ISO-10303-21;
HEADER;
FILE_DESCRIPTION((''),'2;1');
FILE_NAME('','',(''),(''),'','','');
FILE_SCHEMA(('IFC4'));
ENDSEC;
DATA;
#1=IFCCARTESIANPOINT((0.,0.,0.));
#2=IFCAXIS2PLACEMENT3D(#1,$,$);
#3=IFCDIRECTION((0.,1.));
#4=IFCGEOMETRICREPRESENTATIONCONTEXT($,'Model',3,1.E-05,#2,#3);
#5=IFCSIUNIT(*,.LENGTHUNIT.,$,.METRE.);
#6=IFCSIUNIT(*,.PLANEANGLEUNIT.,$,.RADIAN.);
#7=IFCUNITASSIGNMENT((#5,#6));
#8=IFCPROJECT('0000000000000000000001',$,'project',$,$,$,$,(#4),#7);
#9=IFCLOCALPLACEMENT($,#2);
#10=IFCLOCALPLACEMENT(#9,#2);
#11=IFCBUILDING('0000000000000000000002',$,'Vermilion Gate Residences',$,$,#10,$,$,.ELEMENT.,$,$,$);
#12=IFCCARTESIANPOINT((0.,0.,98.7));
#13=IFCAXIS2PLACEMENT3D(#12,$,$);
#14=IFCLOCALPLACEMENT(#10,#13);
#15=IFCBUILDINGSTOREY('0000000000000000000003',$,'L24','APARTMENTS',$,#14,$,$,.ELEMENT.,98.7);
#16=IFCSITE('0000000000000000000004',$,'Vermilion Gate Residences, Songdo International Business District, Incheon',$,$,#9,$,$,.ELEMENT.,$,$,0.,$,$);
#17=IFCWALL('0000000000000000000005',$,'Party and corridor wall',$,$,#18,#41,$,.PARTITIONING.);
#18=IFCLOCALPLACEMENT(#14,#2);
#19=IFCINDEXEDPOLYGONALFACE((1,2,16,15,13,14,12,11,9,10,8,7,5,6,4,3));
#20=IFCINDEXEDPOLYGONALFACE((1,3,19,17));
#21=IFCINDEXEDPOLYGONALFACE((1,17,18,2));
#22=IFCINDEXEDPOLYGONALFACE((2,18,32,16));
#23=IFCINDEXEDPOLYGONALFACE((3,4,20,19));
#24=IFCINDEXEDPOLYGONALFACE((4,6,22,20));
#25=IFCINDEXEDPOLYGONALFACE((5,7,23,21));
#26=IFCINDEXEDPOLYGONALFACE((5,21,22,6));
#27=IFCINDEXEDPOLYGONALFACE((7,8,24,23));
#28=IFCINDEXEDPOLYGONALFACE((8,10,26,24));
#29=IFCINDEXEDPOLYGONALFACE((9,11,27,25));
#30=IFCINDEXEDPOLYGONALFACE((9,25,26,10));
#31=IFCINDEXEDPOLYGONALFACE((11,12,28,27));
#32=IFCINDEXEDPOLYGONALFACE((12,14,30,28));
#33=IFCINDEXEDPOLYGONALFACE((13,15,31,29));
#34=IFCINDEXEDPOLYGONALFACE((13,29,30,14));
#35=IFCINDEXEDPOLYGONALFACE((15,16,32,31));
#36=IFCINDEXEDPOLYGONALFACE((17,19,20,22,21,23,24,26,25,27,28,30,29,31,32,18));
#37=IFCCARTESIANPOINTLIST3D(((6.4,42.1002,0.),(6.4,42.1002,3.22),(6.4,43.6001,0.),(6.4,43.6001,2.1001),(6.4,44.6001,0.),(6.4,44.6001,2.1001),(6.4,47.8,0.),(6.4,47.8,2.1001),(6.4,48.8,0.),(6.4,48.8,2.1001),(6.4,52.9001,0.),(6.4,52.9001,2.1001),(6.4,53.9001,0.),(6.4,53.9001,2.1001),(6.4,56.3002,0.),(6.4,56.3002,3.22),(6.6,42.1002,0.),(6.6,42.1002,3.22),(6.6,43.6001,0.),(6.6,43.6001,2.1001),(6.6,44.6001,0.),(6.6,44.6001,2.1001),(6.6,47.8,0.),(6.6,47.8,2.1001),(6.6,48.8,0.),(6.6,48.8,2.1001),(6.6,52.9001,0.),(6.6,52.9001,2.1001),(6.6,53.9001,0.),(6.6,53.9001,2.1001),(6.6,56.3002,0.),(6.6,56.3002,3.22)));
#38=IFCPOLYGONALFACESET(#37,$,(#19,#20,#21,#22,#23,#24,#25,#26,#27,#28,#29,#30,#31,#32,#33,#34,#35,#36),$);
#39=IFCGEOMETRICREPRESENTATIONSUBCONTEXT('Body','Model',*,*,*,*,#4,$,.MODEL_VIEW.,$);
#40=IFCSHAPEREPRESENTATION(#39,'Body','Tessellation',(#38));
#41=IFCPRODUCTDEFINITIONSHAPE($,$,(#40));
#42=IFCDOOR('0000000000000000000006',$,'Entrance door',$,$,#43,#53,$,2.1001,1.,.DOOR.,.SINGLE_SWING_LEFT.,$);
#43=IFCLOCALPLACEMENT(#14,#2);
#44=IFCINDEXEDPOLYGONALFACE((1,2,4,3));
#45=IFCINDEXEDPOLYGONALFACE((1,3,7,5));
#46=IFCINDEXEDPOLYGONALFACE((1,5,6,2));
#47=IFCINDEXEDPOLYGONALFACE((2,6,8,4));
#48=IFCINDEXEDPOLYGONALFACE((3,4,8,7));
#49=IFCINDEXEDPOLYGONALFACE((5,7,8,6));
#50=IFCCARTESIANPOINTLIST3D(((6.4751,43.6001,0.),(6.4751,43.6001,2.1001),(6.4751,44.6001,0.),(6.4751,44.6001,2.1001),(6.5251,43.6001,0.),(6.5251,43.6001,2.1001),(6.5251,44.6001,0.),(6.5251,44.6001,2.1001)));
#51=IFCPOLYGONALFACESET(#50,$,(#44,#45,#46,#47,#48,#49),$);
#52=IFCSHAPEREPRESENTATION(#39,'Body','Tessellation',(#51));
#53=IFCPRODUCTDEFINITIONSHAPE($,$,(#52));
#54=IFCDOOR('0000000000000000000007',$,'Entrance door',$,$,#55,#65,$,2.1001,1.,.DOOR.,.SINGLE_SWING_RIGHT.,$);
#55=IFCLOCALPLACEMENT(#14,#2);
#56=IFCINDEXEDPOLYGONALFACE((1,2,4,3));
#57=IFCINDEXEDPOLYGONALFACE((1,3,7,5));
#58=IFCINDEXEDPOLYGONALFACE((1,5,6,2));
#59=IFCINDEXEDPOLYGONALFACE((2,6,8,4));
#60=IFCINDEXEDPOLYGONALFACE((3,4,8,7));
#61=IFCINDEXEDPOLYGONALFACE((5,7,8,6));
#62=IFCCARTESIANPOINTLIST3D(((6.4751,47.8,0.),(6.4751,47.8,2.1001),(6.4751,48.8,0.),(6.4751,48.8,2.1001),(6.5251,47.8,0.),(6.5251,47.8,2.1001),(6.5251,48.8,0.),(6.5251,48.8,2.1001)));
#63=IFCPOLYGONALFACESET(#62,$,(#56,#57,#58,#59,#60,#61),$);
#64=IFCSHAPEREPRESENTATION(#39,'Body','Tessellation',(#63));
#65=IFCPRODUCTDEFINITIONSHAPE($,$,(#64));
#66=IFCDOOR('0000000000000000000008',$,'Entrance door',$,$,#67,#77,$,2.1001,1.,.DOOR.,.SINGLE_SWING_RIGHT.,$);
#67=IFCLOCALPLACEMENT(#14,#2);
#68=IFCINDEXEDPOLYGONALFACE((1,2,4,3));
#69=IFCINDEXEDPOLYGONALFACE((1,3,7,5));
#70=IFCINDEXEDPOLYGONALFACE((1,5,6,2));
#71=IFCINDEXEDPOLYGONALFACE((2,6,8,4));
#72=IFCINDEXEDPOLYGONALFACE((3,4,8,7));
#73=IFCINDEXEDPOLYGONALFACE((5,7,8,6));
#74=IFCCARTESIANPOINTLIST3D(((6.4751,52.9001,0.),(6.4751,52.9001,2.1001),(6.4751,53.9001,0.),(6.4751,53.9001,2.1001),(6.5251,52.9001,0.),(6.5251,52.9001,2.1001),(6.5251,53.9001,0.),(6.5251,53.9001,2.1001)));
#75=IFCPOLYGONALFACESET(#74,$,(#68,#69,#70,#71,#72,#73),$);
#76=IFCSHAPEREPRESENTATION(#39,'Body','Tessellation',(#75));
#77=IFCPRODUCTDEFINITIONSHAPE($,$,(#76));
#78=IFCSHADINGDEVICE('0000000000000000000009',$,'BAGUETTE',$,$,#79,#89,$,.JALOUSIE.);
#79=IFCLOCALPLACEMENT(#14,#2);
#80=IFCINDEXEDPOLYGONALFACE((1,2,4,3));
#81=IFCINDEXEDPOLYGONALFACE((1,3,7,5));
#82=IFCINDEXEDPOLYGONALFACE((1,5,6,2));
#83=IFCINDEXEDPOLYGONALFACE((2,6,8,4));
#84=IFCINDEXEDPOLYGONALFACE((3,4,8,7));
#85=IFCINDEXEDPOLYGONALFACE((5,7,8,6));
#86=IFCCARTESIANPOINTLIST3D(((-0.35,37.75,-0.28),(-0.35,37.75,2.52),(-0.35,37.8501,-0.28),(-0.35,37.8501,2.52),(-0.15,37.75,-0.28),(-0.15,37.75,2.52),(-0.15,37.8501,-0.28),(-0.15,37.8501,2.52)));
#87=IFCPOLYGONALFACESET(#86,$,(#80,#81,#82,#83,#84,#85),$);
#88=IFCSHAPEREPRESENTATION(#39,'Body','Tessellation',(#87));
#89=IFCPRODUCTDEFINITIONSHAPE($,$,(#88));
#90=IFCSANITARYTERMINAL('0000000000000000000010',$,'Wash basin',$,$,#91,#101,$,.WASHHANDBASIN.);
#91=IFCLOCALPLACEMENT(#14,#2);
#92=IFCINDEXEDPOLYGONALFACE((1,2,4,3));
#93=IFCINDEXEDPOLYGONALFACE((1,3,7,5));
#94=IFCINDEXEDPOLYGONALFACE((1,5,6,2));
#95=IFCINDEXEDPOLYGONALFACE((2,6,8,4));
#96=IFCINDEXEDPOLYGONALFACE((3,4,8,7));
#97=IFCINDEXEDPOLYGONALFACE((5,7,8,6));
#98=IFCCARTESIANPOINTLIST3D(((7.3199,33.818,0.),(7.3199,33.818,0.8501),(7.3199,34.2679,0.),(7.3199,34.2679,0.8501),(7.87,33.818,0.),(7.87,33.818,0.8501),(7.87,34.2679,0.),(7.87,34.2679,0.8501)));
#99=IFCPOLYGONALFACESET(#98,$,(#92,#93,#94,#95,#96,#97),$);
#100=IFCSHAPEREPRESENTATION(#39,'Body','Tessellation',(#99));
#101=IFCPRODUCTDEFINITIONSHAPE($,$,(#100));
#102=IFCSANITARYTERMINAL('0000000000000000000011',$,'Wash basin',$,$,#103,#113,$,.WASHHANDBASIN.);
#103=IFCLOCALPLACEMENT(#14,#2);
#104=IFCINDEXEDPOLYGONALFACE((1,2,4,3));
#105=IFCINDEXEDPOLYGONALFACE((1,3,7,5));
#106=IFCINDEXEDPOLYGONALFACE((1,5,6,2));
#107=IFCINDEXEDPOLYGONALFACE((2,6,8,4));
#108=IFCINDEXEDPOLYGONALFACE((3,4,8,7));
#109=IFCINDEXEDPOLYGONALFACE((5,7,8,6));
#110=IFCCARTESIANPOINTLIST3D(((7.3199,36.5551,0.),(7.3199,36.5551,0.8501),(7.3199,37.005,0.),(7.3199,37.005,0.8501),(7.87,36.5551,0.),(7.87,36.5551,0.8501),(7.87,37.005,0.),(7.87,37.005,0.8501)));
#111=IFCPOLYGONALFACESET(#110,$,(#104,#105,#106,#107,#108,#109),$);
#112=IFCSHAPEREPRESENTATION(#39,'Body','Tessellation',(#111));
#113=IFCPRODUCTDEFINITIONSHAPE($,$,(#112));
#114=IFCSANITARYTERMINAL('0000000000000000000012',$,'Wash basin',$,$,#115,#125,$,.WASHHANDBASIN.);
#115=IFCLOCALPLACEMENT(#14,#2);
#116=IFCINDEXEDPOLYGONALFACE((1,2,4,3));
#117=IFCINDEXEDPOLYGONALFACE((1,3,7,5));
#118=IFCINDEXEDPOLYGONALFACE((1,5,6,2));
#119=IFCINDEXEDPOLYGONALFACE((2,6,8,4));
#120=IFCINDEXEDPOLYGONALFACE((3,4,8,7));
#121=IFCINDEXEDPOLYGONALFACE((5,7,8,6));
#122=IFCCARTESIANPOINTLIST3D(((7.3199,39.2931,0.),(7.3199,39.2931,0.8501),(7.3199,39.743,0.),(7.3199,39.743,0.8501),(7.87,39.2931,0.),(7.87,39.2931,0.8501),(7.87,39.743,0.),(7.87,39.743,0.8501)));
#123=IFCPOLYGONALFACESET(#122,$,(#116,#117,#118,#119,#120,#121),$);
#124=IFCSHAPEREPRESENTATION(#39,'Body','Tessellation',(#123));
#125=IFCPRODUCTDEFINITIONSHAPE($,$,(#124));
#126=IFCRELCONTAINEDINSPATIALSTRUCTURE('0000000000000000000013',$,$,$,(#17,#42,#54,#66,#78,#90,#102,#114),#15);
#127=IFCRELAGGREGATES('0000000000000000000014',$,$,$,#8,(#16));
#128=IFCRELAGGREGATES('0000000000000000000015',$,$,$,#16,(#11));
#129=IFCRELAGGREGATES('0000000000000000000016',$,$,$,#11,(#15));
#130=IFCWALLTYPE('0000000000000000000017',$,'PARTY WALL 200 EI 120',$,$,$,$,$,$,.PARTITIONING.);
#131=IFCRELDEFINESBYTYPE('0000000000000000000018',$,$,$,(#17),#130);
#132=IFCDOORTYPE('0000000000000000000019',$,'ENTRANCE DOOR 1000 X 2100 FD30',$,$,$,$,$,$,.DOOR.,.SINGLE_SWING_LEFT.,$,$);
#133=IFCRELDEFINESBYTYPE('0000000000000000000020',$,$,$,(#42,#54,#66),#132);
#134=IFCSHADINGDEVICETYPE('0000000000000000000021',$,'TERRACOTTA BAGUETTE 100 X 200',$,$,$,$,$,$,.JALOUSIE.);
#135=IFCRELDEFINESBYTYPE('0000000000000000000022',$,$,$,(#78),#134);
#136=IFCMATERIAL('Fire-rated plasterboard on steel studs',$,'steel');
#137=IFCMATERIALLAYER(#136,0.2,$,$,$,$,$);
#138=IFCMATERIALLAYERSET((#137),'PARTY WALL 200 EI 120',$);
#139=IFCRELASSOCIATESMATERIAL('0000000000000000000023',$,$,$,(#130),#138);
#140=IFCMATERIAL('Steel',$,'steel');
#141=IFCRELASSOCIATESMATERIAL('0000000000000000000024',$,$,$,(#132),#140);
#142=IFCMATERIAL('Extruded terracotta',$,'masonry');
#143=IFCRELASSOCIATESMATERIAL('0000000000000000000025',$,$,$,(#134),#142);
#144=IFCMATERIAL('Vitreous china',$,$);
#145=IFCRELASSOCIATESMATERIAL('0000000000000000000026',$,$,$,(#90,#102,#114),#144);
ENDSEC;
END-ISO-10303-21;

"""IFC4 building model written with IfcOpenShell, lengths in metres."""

from ifc_helpers import new_model, si_unit, direction, frame, frame_2d, origin, origin_2d, place, context, subcontext, project, spatial, rectangle, extrude, material, layer, layer_set, material_profile, profile_set, type_object, element, fill, save


model = new_model("IFC4")

# Units and contexts
model_context = context("Model", 3, precision=1e-05, world=origin(), true_north=direction((0.0, 1.0)))
body_context = subcontext(model_context, "Body", "Model", "MODEL_VIEW")
ifc_project = project(units=[si_unit("LENGTHUNIT", "METRE"), si_unit("PLANEANGLEUNIT", "RADIAN")], contexts=[model_context])

# Site, building, storey
site_placement = place(None, origin())
site = spatial("IfcSite", under=ifc_project, at=site_placement, Name="Vermilion Gate Residences, Songdo International Business District, Incheon", CompositionType="ELEMENT", RefElevation=0.0)
building_placement = place(site_placement, origin())
building = spatial("IfcBuilding", under=site, at=building_placement, Name="Vermilion Gate Residences", CompositionType="ELEMENT")
storey_placement = place(building_placement, frame((0.0, 0.0, 98.7)))
storey = spatial("IfcBuildingStorey", under=building, at=storey_placement, Name="L24", Description="APARTMENTS", CompositionType="ELEMENT", Elevation=98.7)

# Shared definitions
ifc_material_1 = material(Name="Fire-rated plasterboard on steel studs", Category="steel")
ifc_layer_1 = layer(ifc_material_1, 0.2)
ifc_layer_set_1 = layer_set([ifc_layer_1], Name="PARTY WALL 200 EI 120")
wall_type_1 = type_object("IfcWallType", Name="PARTY WALL 200 EI 120", PredefinedType="PARTITIONING", material=ifc_layer_set_1)

# Wall, openings, doors
wall_1_placement = place(storey_placement, frame((6.5, 42.1001, 0.0), z_axis=(0.0, 0.0, 1.0), x_axis=(0.0, 1.0, 0.0)))
wall_1 = element("IfcWall", 1, at=wall_1_placement, inside=storey, type_object=wall_type_1, Name="Party and corridor wall", PredefinedType="PARTITIONING", context=body_context, shape_type="SweptSolid", body=[
    extrude(rectangle(XDim=14.2, YDim=0.2, at=frame_2d((7.1001, 0.0))), origin(), (0.0, 0.0, 1.0), 3.22),
])
opening_1_placement = place(wall_1_placement, frame((1.5, 0.0, 0.0)))
opening_1 = element("IfcOpeningElement", 2, at=opening_1_placement, cuts=wall_1, PredefinedType="OPENING", context=body_context, shape_type="SweptSolid", body=[
    extrude(rectangle(XDim=1.0, YDim=2.1001, at=frame_2d((0.5, 1.05))), frame((0.0, 0.1099, 0.0), z_axis=(0.0, -1.0, 0.0), x_axis=(1.0, 0.0, 0.0)), (0.0, 0.0, 1.0), 0.22),
])
opening_2_placement = place(wall_1_placement, frame((5.7, 0.0, 0.0)))
opening_2 = element("IfcOpeningElement", 3, at=opening_2_placement, cuts=wall_1, PredefinedType="OPENING", context=body_context, shape_type="SweptSolid", body=[
    extrude(rectangle(XDim=1.0, YDim=2.1001, at=frame_2d((0.5, 1.05))), frame((0.0, 0.1099, 0.0), z_axis=(0.0, -1.0, 0.0), x_axis=(1.0, 0.0, 0.0)), (0.0, 0.0, 1.0), 0.22),
])
opening_3_placement = place(wall_1_placement, frame((10.8, 0.0, 0.0)))
opening_3 = element("IfcOpeningElement", 4, at=opening_3_placement, cuts=wall_1, PredefinedType="OPENING", context=body_context, shape_type="SweptSolid", body=[
    extrude(rectangle(XDim=1.0, YDim=2.1001, at=frame_2d((0.5, 1.05))), frame((0.0, 0.1099, 0.0), z_axis=(0.0, -1.0, 0.0), x_axis=(1.0, 0.0, 0.0)), (0.0, 0.0, 1.0), 0.22),
])
ifc_material_2 = material(Name="Steel", Category="steel")
door_type = type_object("IfcDoorType", Name="ENTRANCE DOOR 1000 X 2100 FD30", OperationType="SINGLE_SWING_LEFT", PredefinedType="DOOR", material=ifc_material_2)
door_1_placement = place(opening_1_placement, origin())
door_1 = element("IfcDoor", 5, at=door_1_placement, inside=storey, type_object=door_type, Name="Entrance door", OperationType="SINGLE_SWING_LEFT", OverallHeight=2.1001, OverallWidth=1.0, PredefinedType="DOOR", context=body_context, shape_type="SweptSolid", body=[
    extrude(rectangle(XDim=1.0, YDim=2.1001, at=frame_2d((0.5, 1.05))), frame((0.0, 0.0249, 0.0), z_axis=(0.0, -1.0, 0.0), x_axis=(1.0, 0.0, 0.0)), (0.0, 0.0, 1.0), 0.05),
])
fill(opening_1, door_1)
door_2_placement = place(opening_2_placement, origin())
door_2 = element("IfcDoor", 6, at=door_2_placement, inside=storey, type_object=door_type, Name="Entrance door", OperationType="SINGLE_SWING_RIGHT", OverallHeight=2.1001, OverallWidth=1.0, PredefinedType="DOOR", context=body_context, shape_type="SweptSolid", body=[
    extrude(rectangle(XDim=1.0, YDim=2.1001, at=frame_2d((0.5, 1.05))), frame((0.0, 0.0249, 0.0), z_axis=(0.0, -1.0, 0.0), x_axis=(1.0, 0.0, 0.0)), (0.0, 0.0, 1.0), 0.05),
])
fill(opening_2, door_2)
door_3_placement = place(opening_3_placement, origin())
door_3 = element("IfcDoor", 7, at=door_3_placement, inside=storey, type_object=door_type, Name="Entrance door", OperationType="SINGLE_SWING_RIGHT", OverallHeight=2.1001, OverallWidth=1.0, PredefinedType="DOOR", context=body_context, shape_type="SweptSolid", body=[
    extrude(rectangle(XDim=1.0, YDim=2.1001, at=frame_2d((0.5, 1.05))), frame((0.0, 0.0249, 0.0), z_axis=(0.0, -1.0, 0.0), x_axis=(1.0, 0.0, 0.0)), (0.0, 0.0, 1.0), 0.05),
])
fill(opening_3, door_3)

# Shading device
ifc_material_3 = material(Name="Extruded terracotta", Category="masonry")
ifc_material_profile_1 = material_profile(ifc_material_3, rectangle(XDim=0.2, YDim=0.1001, at=origin_2d()), Name="BAGUETTE 100 X 200")
ifc_profile_set_1 = profile_set([ifc_material_profile_1], Name="Extruded terracotta")
shading_device_type = type_object("IfcShadingDeviceType", Name="TERRACOTTA BAGUETTE 100 X 200", PredefinedType="JALOUSIE", material=ifc_profile_set_1)
shading_device_placement = place(storey_placement, frame((-0.25, 37.8, -0.28), z_axis=(0.0, 0.0, 1.0), x_axis=(1.0, 0.0, 0.0)))
element("IfcShadingDevice", 8, at=shading_device_placement, inside=storey, type_object=shading_device_type, Name="BAGUETTE", PredefinedType="JALOUSIE", context=body_context, shape_type="SweptSolid", body=[
    extrude(rectangle(XDim=0.2, YDim=0.1001, at=origin_2d()), origin(), (0.0, 0.0, 1.0), 2.8),
])

# Sanitary terminals
ifc_material_4 = material(Name="Vitreous china")
for number, where, z_axis, x_axis, name in (
    (9, (7.595, 34.043, 0.0), (0.0, 0.0, 1.0), (1.0, 0.0, 0.0), "Wash basin"),
    (10, (7.595, 36.78, 0.0), (0.0, 0.0, 1.0), (1.0, 0.0, 0.0), "Wash basin"),
    (11, (7.595, 39.5181, 0.0), (0.0, 0.0, 1.0), (1.0, 0.0, 0.0), "Wash basin"),
):
    element("IfcSanitaryTerminal", number, at=place(storey_placement, frame(where, z_axis=z_axis, x_axis=x_axis)), inside=storey, material=ifc_material_4, Name=name, PredefinedType="WASHHANDBASIN", context=body_context, shape_type="SweptSolid", body=[
        extrude(rectangle(XDim=0.55, YDim=0.45, at=origin_2d()), origin(), (0.0, 0.0, 1.0), 0.8501),
    ])

save(model, "model.ifc")
